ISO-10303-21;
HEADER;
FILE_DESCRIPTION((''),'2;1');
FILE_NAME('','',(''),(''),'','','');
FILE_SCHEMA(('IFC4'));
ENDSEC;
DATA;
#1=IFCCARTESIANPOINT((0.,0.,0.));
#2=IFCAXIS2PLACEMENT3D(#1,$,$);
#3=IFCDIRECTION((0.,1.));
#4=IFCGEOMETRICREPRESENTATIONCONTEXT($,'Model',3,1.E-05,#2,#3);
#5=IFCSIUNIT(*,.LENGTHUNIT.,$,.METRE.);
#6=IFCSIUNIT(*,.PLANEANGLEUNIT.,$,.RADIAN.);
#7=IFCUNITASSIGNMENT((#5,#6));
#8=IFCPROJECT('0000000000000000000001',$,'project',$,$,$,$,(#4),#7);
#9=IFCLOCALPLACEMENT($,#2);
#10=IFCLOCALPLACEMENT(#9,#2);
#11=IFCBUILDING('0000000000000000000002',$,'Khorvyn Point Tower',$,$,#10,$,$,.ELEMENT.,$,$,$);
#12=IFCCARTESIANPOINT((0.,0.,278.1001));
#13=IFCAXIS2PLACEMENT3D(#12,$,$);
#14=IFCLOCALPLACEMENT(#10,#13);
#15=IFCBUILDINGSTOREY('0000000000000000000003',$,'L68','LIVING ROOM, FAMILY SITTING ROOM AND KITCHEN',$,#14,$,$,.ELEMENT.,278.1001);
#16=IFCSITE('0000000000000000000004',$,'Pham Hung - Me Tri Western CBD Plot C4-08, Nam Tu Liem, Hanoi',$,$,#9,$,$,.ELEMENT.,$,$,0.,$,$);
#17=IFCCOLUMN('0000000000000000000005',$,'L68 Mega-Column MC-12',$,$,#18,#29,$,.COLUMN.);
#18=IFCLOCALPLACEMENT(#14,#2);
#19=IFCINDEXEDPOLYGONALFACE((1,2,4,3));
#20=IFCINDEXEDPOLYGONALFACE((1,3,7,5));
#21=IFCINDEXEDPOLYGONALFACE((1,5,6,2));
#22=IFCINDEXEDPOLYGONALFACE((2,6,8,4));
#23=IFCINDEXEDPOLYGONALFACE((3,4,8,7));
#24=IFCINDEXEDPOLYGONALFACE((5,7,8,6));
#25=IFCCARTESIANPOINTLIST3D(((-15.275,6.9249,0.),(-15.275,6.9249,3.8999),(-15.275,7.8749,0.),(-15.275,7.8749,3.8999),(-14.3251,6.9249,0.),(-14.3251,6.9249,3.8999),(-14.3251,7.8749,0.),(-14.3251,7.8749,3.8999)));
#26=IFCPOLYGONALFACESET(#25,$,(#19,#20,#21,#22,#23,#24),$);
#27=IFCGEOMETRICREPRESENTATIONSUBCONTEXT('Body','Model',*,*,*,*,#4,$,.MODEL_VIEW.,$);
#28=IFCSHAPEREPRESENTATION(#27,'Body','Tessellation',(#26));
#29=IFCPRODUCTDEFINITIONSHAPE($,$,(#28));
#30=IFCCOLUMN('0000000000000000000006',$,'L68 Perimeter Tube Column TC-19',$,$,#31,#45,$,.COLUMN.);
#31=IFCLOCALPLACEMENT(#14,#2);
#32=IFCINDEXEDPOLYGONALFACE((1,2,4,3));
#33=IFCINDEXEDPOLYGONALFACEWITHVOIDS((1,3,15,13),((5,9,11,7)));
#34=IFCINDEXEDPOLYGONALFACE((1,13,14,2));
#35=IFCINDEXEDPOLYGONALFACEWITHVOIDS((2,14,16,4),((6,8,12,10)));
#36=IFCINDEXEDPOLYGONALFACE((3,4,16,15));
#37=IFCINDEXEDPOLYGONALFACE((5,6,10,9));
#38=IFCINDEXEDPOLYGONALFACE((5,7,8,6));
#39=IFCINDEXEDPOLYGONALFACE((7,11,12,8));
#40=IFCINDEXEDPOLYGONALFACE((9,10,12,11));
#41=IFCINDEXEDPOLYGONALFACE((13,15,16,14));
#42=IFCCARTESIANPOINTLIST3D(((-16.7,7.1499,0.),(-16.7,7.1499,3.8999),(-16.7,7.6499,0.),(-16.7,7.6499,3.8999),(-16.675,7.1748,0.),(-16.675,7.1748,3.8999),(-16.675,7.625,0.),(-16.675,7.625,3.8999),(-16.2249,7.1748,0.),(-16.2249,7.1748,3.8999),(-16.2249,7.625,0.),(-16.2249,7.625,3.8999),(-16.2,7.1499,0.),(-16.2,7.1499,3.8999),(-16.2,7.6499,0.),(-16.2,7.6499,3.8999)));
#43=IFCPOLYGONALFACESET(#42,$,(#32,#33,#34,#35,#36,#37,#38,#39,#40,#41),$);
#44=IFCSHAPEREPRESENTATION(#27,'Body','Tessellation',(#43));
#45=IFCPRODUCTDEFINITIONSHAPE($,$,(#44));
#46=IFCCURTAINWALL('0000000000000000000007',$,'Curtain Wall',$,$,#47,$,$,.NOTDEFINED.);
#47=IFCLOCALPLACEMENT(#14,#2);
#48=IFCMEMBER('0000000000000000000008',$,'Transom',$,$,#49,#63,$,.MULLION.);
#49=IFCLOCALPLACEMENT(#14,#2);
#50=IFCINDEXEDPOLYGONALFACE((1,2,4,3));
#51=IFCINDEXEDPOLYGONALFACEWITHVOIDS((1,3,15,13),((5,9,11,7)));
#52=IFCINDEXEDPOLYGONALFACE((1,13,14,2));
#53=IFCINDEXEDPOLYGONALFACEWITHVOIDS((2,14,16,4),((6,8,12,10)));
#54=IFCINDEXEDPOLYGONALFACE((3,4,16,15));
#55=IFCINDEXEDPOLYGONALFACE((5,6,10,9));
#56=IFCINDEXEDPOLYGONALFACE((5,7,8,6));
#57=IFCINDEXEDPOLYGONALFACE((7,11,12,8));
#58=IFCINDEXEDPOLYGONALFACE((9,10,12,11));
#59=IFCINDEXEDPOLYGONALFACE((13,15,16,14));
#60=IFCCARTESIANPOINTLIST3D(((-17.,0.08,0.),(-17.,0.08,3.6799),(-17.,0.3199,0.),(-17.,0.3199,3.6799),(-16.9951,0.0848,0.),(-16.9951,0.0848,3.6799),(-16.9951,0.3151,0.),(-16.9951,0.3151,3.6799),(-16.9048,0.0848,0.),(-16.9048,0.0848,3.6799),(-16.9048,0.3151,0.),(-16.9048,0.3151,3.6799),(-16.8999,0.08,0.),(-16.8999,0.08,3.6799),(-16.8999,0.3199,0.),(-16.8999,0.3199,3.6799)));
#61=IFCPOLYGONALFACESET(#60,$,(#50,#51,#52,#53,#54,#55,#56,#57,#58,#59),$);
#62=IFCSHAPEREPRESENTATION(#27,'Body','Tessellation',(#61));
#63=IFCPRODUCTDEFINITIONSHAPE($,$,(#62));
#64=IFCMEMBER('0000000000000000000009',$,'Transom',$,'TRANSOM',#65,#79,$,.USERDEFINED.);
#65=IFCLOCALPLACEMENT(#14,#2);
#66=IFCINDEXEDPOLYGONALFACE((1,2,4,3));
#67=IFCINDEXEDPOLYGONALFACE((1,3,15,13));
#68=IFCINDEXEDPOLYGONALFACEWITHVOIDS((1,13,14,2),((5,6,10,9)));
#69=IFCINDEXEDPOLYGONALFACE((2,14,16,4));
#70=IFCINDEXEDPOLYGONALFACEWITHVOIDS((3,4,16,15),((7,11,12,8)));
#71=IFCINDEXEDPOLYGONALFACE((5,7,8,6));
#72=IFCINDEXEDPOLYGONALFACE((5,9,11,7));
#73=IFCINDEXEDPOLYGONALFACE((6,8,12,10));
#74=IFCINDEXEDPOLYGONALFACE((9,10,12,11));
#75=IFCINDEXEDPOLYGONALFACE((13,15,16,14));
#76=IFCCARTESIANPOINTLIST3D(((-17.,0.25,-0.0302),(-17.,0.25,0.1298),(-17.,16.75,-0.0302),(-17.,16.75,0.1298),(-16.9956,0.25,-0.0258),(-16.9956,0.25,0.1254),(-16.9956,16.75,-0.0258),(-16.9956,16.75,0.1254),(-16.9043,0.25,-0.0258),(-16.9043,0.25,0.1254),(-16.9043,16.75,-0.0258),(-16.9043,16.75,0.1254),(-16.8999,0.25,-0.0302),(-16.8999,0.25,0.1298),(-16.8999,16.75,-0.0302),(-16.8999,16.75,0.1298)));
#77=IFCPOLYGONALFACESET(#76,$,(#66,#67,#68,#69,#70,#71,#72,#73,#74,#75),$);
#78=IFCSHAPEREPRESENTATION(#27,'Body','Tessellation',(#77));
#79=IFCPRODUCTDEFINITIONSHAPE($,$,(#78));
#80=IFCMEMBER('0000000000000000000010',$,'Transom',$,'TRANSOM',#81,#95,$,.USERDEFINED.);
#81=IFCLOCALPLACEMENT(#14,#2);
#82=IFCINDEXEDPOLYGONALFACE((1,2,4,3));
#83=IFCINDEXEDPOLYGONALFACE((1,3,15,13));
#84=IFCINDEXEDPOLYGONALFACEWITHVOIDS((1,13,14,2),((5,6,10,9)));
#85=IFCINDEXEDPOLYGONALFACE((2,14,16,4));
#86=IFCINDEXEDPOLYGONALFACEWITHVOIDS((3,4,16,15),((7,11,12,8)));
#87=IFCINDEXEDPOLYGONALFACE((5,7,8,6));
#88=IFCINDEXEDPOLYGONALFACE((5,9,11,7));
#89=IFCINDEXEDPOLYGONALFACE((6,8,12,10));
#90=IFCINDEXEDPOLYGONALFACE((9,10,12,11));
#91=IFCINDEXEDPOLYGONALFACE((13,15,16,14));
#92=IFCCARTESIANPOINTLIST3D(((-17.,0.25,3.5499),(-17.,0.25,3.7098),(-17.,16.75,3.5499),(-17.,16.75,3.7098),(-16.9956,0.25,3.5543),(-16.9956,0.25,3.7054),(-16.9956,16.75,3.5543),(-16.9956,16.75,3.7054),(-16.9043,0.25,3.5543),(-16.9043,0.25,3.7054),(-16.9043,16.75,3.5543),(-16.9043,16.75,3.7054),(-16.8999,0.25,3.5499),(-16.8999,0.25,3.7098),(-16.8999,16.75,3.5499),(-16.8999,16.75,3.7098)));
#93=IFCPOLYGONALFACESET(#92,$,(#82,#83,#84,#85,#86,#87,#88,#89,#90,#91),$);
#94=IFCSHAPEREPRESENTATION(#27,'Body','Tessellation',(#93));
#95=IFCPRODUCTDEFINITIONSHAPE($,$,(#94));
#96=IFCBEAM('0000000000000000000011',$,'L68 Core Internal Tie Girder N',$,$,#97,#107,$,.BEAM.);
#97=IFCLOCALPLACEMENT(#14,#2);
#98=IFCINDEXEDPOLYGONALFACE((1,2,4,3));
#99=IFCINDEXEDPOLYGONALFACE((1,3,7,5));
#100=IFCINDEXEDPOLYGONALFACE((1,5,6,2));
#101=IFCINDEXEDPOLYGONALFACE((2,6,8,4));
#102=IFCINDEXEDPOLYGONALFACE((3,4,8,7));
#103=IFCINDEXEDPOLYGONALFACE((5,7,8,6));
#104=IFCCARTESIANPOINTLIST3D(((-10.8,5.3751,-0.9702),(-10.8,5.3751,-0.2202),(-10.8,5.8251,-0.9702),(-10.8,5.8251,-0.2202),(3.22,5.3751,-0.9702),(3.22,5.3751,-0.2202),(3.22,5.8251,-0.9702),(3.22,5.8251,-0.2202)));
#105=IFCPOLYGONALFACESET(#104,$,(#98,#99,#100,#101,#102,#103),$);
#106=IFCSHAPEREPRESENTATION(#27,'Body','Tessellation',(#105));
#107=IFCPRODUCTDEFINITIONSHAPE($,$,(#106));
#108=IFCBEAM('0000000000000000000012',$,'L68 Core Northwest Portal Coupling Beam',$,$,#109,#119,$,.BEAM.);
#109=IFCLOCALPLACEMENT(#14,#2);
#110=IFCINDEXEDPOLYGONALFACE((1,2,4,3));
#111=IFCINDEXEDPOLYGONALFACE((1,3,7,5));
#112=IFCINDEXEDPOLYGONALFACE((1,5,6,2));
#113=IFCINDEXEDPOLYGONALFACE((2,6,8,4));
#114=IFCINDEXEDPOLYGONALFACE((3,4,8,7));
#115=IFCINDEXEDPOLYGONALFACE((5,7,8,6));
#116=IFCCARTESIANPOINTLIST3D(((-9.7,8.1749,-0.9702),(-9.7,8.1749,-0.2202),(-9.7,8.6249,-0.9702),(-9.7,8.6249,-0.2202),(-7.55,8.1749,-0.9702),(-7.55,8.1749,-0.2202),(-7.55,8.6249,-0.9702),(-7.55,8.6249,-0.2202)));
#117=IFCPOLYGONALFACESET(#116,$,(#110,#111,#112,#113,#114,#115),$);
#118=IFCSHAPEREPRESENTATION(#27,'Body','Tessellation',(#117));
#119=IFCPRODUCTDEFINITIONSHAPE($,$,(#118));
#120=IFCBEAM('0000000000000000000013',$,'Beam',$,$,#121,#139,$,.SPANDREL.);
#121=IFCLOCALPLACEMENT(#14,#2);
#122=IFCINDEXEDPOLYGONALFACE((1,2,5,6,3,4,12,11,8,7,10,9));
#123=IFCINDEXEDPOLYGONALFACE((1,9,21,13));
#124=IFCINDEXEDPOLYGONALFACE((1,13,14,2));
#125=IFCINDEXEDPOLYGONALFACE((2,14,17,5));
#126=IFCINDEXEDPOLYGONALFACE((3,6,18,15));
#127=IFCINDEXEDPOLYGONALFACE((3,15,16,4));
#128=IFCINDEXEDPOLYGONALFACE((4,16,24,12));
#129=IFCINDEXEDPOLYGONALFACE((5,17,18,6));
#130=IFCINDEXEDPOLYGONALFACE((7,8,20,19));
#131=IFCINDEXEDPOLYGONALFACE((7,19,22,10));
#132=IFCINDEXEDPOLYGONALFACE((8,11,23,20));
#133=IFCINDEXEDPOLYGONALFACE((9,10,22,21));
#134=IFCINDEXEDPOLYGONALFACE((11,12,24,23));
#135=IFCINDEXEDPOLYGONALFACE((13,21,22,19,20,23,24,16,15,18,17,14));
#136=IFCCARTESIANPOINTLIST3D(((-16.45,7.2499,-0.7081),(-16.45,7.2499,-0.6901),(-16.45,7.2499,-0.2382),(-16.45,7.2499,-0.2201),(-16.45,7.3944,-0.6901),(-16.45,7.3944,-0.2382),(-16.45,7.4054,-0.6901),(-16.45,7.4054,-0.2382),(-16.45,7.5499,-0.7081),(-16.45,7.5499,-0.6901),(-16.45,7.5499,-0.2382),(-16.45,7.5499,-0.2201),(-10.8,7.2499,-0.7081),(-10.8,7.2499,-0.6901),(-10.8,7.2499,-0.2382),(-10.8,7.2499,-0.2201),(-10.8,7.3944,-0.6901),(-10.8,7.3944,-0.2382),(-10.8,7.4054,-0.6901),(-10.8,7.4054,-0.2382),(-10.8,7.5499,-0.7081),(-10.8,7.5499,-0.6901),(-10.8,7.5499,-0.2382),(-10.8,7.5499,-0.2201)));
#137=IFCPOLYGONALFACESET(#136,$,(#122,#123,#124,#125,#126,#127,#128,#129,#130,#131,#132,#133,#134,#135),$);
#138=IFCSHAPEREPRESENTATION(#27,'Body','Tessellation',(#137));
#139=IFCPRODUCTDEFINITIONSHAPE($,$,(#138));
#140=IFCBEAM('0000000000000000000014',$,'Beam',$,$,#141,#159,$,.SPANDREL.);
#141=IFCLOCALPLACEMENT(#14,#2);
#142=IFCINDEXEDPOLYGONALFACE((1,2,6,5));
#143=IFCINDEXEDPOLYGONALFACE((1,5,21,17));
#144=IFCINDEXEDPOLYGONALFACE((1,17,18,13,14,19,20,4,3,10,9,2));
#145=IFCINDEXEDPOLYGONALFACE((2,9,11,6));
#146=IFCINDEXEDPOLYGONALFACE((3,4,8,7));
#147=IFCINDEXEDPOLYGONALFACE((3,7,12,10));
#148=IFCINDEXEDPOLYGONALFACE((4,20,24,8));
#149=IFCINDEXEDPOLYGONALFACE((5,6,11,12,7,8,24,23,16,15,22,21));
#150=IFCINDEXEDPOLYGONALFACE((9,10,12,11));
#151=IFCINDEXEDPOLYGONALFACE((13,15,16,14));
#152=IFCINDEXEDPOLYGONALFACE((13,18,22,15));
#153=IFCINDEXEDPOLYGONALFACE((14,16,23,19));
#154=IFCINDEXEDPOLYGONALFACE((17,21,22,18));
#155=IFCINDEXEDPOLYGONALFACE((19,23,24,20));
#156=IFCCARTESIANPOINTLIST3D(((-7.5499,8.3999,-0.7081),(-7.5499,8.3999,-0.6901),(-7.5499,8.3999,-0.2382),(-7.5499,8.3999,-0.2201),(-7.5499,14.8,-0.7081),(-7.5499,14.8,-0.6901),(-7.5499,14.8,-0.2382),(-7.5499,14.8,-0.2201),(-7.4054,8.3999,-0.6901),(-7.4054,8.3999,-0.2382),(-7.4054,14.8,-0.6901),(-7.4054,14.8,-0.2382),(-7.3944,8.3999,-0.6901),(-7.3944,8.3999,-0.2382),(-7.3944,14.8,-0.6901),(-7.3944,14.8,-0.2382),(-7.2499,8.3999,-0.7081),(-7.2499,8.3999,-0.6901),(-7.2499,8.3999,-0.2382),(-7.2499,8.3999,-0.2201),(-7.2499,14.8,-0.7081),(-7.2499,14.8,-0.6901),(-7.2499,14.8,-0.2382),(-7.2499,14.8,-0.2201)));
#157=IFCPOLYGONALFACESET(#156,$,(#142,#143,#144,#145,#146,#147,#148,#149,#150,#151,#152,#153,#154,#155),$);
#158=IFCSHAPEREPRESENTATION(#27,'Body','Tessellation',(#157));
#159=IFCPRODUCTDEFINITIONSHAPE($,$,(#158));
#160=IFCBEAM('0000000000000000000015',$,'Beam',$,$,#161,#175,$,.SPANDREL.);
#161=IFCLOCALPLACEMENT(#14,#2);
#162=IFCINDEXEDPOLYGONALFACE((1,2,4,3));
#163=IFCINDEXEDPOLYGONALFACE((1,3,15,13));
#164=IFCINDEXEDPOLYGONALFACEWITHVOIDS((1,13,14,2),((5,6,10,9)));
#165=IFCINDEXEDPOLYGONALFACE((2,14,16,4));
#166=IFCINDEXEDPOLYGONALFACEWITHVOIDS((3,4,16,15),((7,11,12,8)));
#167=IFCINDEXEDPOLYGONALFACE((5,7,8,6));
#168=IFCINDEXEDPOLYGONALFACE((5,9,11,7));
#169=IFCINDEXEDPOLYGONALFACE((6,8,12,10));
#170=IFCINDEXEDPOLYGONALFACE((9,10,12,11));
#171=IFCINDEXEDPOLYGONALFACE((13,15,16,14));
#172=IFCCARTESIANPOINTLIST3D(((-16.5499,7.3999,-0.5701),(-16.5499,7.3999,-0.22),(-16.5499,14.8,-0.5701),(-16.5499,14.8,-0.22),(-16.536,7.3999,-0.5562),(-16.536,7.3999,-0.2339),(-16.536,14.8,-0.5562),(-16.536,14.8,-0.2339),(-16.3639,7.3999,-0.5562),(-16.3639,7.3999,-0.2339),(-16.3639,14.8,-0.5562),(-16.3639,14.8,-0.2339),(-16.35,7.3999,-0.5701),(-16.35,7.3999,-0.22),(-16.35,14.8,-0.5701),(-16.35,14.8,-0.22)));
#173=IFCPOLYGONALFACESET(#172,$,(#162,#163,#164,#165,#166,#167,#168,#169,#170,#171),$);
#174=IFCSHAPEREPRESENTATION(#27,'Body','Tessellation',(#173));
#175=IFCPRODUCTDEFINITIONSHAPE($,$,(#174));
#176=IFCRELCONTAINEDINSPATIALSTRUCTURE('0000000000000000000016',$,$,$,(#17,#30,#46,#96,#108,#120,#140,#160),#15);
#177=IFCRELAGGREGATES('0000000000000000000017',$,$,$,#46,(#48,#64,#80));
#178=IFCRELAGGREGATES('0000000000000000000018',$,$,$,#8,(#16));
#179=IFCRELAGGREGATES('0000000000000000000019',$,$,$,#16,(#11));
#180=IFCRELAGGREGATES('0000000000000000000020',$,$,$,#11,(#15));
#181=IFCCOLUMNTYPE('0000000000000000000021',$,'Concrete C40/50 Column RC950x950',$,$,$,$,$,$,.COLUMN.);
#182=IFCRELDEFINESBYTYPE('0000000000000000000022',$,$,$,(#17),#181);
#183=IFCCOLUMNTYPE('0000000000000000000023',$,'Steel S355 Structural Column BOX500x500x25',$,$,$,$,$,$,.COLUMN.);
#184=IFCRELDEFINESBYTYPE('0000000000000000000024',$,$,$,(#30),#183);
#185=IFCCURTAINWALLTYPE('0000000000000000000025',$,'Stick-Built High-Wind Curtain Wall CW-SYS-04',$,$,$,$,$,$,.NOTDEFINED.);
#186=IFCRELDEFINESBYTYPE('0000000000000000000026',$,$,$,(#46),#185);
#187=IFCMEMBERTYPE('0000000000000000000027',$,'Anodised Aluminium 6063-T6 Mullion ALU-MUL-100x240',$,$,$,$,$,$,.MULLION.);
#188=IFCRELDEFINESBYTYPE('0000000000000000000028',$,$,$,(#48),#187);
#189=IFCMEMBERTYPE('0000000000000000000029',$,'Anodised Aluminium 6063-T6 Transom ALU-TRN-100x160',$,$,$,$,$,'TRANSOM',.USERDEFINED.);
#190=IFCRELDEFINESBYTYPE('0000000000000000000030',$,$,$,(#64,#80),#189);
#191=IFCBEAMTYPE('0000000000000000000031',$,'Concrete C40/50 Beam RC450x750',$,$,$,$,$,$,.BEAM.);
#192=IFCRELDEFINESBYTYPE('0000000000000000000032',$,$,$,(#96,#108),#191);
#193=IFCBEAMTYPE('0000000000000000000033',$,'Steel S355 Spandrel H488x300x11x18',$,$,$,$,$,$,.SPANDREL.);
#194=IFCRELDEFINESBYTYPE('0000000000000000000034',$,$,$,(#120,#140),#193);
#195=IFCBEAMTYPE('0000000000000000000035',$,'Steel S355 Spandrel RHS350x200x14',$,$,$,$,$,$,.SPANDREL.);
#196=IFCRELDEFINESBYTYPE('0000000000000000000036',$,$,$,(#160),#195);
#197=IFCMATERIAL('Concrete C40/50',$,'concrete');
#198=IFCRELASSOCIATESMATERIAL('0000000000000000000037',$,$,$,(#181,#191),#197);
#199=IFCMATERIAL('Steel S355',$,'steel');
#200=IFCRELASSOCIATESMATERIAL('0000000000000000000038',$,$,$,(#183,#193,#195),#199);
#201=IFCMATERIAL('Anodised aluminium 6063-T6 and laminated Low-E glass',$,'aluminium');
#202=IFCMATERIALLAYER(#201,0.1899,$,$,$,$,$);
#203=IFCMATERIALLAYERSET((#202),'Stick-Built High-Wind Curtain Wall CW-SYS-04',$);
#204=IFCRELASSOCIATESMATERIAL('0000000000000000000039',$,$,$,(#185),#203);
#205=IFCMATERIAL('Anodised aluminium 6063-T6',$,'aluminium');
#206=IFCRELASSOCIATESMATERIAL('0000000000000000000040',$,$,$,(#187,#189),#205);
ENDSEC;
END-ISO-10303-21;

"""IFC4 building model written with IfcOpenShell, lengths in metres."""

from ifc_helpers import new_model, si_unit, direction, frame, origin, origin_2d, place, context, subcontext, project, spatial, rectangle, hollow_rectangle, i_section, extrude, material, layer, layer_set, material_profile, profile_set, type_object, element, aggregate, save


model = new_model("IFC4")

# Units and contexts
model_context = context("Model", 3, precision=1e-05, world=origin(), true_north=direction((0.0, 1.0)))
body_context = subcontext(model_context, "Body", "Model", "MODEL_VIEW")
ifc_project = project(units=[si_unit("LENGTHUNIT", "METRE"), si_unit("PLANEANGLEUNIT", "RADIAN")], contexts=[model_context])

# Site, building, storey
site_placement = place(None, origin())
site = spatial("IfcSite", under=ifc_project, at=site_placement, Name="Pham Hung - Me Tri Western CBD Plot C4-08, Nam Tu Liem, Hanoi", CompositionType="ELEMENT", RefElevation=0.0)
building_placement = place(site_placement, origin())
building = spatial("IfcBuilding", under=site, at=building_placement, Name="Khorvyn Point Tower", CompositionType="ELEMENT")
storey_placement = place(building_placement, frame((0.0, 0.0, 278.1001)))
storey = spatial("IfcBuildingStorey", under=building, at=storey_placement, Name="L68", Description="LIVING ROOM, FAMILY SITTING ROOM AND KITCHEN", CompositionType="ELEMENT", Elevation=278.1001)

# Columns
ifc_material_1 = material(Name="Concrete C40/50", Category="concrete")
ifc_material_profile_1 = material_profile(ifc_material_1, rectangle(XDim=0.95, YDim=0.95, at=origin_2d()))
ifc_profile_set_1 = profile_set([ifc_material_profile_1], Name="Concrete C40/50 RC950x950")
column_type_1 = type_object("IfcColumnType", Name="Concrete C40/50 Column RC950x950", PredefinedType="COLUMN", material=ifc_profile_set_1)
column_1_placement = place(storey_placement, frame((-14.8, 7.3999, 0.0), z_axis=(0.0, 0.0, 1.0), x_axis=(1.0, 0.0, 0.0)))
element("IfcColumn", 1, at=column_1_placement, inside=storey, type_object=column_type_1, Name="L68 Mega-Column MC-12", PredefinedType="COLUMN", context=body_context, shape_type="SweptSolid", body=[
    extrude(rectangle(XDim=0.95, YDim=0.95, at=origin_2d()), origin(), (0.0, 0.0, 1.0), 3.8999),
])
ifc_material_2 = material(Name="Steel S355", Category="steel")
ifc_material_profile_2 = material_profile(ifc_material_2, hollow_rectangle(XDim=0.5, YDim=0.5, WallThickness=0.0249, at=origin_2d()))
ifc_profile_set_2 = profile_set([ifc_material_profile_2], Name="Steel S355 BOX500x500x25")
column_type_2 = type_object("IfcColumnType", Name="Steel S355 Structural Column BOX500x500x25", PredefinedType="COLUMN", material=ifc_profile_set_2)
column_2_placement = place(storey_placement, frame((-16.45, 7.3999, 0.0), z_axis=(0.0, 0.0, 1.0), x_axis=(1.0, 0.0, 0.0)))
element("IfcColumn", 2, at=column_2_placement, inside=storey, type_object=column_type_2, Name="L68 Perimeter Tube Column TC-19", PredefinedType="COLUMN", context=body_context, shape_type="SweptSolid", body=[
    extrude(hollow_rectangle(XDim=0.5, YDim=0.5, WallThickness=0.0249, at=origin_2d()), origin(), (0.0, 0.0, 1.0), 3.8999),
])

# Curtain wall, members
ifc_material_3 = material(Name="Anodised aluminium 6063-T6 and laminated Low-E glass", Category="aluminium")
ifc_layer_1 = layer(ifc_material_3, 0.1899)
ifc_layer_set_1 = layer_set([ifc_layer_1], Name="Stick-Built High-Wind Curtain Wall CW-SYS-04")
curtain_wall_type = type_object("IfcCurtainWallType", Name="Stick-Built High-Wind Curtain Wall CW-SYS-04", PredefinedType="NOTDEFINED", material=ifc_layer_set_1)
curtain_wall_placement = place(storey_placement, origin())
curtain_wall = element("IfcCurtainWall", 3, at=curtain_wall_placement, inside=storey, type_object=curtain_wall_type, Name="Curtain Wall", PredefinedType="NOTDEFINED")
ifc_material_4 = material(Name="Anodised aluminium 6063-T6", Category="aluminium")
ifc_material_profile_3 = material_profile(ifc_material_4, hollow_rectangle(XDim=0.1001, YDim=0.24, WallThickness=0.0049, at=origin_2d()))
ifc_profile_set_3 = profile_set([ifc_material_profile_3], Name="Anodised aluminium 6063-T6 ALU-MUL-100x240")
member_type_1 = type_object("IfcMemberType", Name="Anodised Aluminium 6063-T6 Mullion ALU-MUL-100x240", PredefinedType="MULLION", material=ifc_profile_set_3)
member_1_placement = place(storey_placement, frame((-16.95, 0.2, 0.0), z_axis=(0.0, 0.0, 1.0), x_axis=(-1.0, 0.0, 0.0)))
member_1 = element("IfcMember", 4, at=member_1_placement, type_object=member_type_1, Name="Transom", PredefinedType="MULLION", context=body_context, shape_type="SweptSolid", body=[
    extrude(hollow_rectangle(XDim=0.1001, YDim=0.24, WallThickness=0.0049, at=origin_2d()), origin(), (0.0, 0.0, 1.0), 3.6799),
])
ifc_material_profile_4 = material_profile(ifc_material_4, hollow_rectangle(XDim=0.1001, YDim=0.1599, WallThickness=0.0044, at=origin_2d()))
ifc_profile_set_4 = profile_set([ifc_material_profile_4], Name="Anodised aluminium 6063-T6 ALU-TRN-100x160")
member_type_2 = type_object("IfcMemberType", Name="Anodised Aluminium 6063-T6 Transom ALU-TRN-100x160", ElementType="TRANSOM", PredefinedType="USERDEFINED", material=ifc_profile_set_4)
member_2_placement = place(storey_placement, frame((-16.95, 0.25, 0.0498), z_axis=(0.0, 1.0, 0.0), x_axis=(-1.0, 0.0, 0.0)))
member_2 = element("IfcMember", 5, at=member_2_placement, type_object=member_type_2, Name="Transom", ObjectType="TRANSOM", PredefinedType="USERDEFINED", context=body_context, shape_type="SweptSolid", body=[
    extrude(hollow_rectangle(XDim=0.1001, YDim=0.1599, WallThickness=0.0044, at=origin_2d()), origin(), (0.0, 0.0, 1.0), 16.5),
])
member_3_placement = place(storey_placement, frame((-16.95, 0.25, 3.6299), z_axis=(0.0, 1.0, 0.0), x_axis=(-1.0, 0.0, 0.0)))
member_3 = element("IfcMember", 6, at=member_3_placement, type_object=member_type_2, Name="Transom", ObjectType="TRANSOM", PredefinedType="USERDEFINED", context=body_context, shape_type="SweptSolid", body=[
    extrude(hollow_rectangle(XDim=0.1001, YDim=0.1599, WallThickness=0.0044, at=origin_2d()), origin(), (0.0, 0.0, 1.0), 16.5),
])
aggregate(curtain_wall, [member_1, member_2, member_3])

# Beams
ifc_material_profile_5 = material_profile(ifc_material_1, rectangle(XDim=0.45, YDim=0.75, at=origin_2d()))
ifc_profile_set_5 = profile_set([ifc_material_profile_5], Name="Concrete C40/50 RC450x750")
beam_type_1 = type_object("IfcBeamType", Name="Concrete C40/50 Beam RC450x750", PredefinedType="BEAM", material=ifc_profile_set_5)
beam_1_placement = place(storey_placement, frame((-10.8, 5.6001, -0.5952), z_axis=(1.0, 0.0, 0.0), x_axis=(0.0, 1.0, 0.0)))
element("IfcBeam", 7, at=beam_1_placement, inside=storey, type_object=beam_type_1, Name="L68 Core Internal Tie Girder N", PredefinedType="BEAM", context=body_context, shape_type="SweptSolid", body=[
    extrude(rectangle(XDim=0.45, YDim=0.75, at=origin_2d()), origin(), (0.0, 0.0, 1.0), 14.02),
])
beam_2_placement = place(storey_placement, frame((-9.7, 8.3999, -0.5952), z_axis=(1.0, 0.0, 0.0), x_axis=(0.0, 1.0, 0.0)))
element("IfcBeam", 8, at=beam_2_placement, inside=storey, type_object=beam_type_1, Name="L68 Core Northwest Portal Coupling Beam", PredefinedType="BEAM", context=body_context, shape_type="SweptSolid", body=[
    extrude(rectangle(XDim=0.45, YDim=0.75, at=origin_2d()), origin(), (0.0, 0.0, 1.0), 2.1499),
])
ifc_material_profile_6 = material_profile(ifc_material_2, i_section(OverallWidth=0.3, OverallDepth=0.488, WebThickness=0.011, FlangeThickness=0.0181, at=origin_2d()))
ifc_profile_set_6 = profile_set([ifc_material_profile_6], Name="Steel S355 H488x300x11x18")
beam_type_2 = type_object("IfcBeamType", Name="Steel S355 Spandrel H488x300x11x18", PredefinedType="SPANDREL", material=ifc_profile_set_6)
beam_3_placement = place(storey_placement, frame((-16.45, 7.3999, -0.4641), z_axis=(1.0, 0.0, 0.0), x_axis=(0.0, 1.0, 0.0)))
element("IfcBeam", 9, at=beam_3_placement, inside=storey, type_object=beam_type_2, Name="Beam", PredefinedType="SPANDREL", context=body_context, shape_type="SweptSolid", body=[
    extrude(i_section(OverallWidth=0.3, OverallDepth=0.488, WebThickness=0.011, FlangeThickness=0.0181, at=origin_2d()), origin(), (0.0, 0.0, 1.0), 5.6499),
])
beam_4_placement = place(storey_placement, frame((-7.3999, 8.3999, -0.4641), z_axis=(0.0, 1.0, 0.0), x_axis=(-1.0, 0.0, 0.0)))
element("IfcBeam", 10, at=beam_4_placement, inside=storey, type_object=beam_type_2, Name="Beam", PredefinedType="SPANDREL", context=body_context, shape_type="SweptSolid", body=[
    extrude(i_section(OverallWidth=0.3, OverallDepth=0.488, WebThickness=0.011, FlangeThickness=0.0181, at=origin_2d()), origin(), (0.0, 0.0, 1.0), 6.4001),
])
ifc_material_profile_7 = material_profile(ifc_material_2, hollow_rectangle(XDim=0.2, YDim=0.3501, WallThickness=0.0139, at=origin_2d()))
ifc_profile_set_7 = profile_set([ifc_material_profile_7], Name="Steel S355 RHS350x200x14")
beam_type_3 = type_object("IfcBeamType", Name="Steel S355 Spandrel RHS350x200x14", PredefinedType="SPANDREL", material=ifc_profile_set_7)
beam_5_placement = place(storey_placement, frame((-16.45, 7.3999, -0.395), z_axis=(0.0, 1.0, 0.0), x_axis=(-1.0, 0.0, 0.0)))
element("IfcBeam", 11, at=beam_5_placement, inside=storey, type_object=beam_type_3, Name="Beam", PredefinedType="SPANDREL", context=body_context, shape_type="SweptSolid", body=[
    extrude(hollow_rectangle(XDim=0.2, YDim=0.3501, WallThickness=0.0139, at=origin_2d()), origin(), (0.0, 0.0, 1.0), 7.4001),
])

save(model, "model.ifc")
